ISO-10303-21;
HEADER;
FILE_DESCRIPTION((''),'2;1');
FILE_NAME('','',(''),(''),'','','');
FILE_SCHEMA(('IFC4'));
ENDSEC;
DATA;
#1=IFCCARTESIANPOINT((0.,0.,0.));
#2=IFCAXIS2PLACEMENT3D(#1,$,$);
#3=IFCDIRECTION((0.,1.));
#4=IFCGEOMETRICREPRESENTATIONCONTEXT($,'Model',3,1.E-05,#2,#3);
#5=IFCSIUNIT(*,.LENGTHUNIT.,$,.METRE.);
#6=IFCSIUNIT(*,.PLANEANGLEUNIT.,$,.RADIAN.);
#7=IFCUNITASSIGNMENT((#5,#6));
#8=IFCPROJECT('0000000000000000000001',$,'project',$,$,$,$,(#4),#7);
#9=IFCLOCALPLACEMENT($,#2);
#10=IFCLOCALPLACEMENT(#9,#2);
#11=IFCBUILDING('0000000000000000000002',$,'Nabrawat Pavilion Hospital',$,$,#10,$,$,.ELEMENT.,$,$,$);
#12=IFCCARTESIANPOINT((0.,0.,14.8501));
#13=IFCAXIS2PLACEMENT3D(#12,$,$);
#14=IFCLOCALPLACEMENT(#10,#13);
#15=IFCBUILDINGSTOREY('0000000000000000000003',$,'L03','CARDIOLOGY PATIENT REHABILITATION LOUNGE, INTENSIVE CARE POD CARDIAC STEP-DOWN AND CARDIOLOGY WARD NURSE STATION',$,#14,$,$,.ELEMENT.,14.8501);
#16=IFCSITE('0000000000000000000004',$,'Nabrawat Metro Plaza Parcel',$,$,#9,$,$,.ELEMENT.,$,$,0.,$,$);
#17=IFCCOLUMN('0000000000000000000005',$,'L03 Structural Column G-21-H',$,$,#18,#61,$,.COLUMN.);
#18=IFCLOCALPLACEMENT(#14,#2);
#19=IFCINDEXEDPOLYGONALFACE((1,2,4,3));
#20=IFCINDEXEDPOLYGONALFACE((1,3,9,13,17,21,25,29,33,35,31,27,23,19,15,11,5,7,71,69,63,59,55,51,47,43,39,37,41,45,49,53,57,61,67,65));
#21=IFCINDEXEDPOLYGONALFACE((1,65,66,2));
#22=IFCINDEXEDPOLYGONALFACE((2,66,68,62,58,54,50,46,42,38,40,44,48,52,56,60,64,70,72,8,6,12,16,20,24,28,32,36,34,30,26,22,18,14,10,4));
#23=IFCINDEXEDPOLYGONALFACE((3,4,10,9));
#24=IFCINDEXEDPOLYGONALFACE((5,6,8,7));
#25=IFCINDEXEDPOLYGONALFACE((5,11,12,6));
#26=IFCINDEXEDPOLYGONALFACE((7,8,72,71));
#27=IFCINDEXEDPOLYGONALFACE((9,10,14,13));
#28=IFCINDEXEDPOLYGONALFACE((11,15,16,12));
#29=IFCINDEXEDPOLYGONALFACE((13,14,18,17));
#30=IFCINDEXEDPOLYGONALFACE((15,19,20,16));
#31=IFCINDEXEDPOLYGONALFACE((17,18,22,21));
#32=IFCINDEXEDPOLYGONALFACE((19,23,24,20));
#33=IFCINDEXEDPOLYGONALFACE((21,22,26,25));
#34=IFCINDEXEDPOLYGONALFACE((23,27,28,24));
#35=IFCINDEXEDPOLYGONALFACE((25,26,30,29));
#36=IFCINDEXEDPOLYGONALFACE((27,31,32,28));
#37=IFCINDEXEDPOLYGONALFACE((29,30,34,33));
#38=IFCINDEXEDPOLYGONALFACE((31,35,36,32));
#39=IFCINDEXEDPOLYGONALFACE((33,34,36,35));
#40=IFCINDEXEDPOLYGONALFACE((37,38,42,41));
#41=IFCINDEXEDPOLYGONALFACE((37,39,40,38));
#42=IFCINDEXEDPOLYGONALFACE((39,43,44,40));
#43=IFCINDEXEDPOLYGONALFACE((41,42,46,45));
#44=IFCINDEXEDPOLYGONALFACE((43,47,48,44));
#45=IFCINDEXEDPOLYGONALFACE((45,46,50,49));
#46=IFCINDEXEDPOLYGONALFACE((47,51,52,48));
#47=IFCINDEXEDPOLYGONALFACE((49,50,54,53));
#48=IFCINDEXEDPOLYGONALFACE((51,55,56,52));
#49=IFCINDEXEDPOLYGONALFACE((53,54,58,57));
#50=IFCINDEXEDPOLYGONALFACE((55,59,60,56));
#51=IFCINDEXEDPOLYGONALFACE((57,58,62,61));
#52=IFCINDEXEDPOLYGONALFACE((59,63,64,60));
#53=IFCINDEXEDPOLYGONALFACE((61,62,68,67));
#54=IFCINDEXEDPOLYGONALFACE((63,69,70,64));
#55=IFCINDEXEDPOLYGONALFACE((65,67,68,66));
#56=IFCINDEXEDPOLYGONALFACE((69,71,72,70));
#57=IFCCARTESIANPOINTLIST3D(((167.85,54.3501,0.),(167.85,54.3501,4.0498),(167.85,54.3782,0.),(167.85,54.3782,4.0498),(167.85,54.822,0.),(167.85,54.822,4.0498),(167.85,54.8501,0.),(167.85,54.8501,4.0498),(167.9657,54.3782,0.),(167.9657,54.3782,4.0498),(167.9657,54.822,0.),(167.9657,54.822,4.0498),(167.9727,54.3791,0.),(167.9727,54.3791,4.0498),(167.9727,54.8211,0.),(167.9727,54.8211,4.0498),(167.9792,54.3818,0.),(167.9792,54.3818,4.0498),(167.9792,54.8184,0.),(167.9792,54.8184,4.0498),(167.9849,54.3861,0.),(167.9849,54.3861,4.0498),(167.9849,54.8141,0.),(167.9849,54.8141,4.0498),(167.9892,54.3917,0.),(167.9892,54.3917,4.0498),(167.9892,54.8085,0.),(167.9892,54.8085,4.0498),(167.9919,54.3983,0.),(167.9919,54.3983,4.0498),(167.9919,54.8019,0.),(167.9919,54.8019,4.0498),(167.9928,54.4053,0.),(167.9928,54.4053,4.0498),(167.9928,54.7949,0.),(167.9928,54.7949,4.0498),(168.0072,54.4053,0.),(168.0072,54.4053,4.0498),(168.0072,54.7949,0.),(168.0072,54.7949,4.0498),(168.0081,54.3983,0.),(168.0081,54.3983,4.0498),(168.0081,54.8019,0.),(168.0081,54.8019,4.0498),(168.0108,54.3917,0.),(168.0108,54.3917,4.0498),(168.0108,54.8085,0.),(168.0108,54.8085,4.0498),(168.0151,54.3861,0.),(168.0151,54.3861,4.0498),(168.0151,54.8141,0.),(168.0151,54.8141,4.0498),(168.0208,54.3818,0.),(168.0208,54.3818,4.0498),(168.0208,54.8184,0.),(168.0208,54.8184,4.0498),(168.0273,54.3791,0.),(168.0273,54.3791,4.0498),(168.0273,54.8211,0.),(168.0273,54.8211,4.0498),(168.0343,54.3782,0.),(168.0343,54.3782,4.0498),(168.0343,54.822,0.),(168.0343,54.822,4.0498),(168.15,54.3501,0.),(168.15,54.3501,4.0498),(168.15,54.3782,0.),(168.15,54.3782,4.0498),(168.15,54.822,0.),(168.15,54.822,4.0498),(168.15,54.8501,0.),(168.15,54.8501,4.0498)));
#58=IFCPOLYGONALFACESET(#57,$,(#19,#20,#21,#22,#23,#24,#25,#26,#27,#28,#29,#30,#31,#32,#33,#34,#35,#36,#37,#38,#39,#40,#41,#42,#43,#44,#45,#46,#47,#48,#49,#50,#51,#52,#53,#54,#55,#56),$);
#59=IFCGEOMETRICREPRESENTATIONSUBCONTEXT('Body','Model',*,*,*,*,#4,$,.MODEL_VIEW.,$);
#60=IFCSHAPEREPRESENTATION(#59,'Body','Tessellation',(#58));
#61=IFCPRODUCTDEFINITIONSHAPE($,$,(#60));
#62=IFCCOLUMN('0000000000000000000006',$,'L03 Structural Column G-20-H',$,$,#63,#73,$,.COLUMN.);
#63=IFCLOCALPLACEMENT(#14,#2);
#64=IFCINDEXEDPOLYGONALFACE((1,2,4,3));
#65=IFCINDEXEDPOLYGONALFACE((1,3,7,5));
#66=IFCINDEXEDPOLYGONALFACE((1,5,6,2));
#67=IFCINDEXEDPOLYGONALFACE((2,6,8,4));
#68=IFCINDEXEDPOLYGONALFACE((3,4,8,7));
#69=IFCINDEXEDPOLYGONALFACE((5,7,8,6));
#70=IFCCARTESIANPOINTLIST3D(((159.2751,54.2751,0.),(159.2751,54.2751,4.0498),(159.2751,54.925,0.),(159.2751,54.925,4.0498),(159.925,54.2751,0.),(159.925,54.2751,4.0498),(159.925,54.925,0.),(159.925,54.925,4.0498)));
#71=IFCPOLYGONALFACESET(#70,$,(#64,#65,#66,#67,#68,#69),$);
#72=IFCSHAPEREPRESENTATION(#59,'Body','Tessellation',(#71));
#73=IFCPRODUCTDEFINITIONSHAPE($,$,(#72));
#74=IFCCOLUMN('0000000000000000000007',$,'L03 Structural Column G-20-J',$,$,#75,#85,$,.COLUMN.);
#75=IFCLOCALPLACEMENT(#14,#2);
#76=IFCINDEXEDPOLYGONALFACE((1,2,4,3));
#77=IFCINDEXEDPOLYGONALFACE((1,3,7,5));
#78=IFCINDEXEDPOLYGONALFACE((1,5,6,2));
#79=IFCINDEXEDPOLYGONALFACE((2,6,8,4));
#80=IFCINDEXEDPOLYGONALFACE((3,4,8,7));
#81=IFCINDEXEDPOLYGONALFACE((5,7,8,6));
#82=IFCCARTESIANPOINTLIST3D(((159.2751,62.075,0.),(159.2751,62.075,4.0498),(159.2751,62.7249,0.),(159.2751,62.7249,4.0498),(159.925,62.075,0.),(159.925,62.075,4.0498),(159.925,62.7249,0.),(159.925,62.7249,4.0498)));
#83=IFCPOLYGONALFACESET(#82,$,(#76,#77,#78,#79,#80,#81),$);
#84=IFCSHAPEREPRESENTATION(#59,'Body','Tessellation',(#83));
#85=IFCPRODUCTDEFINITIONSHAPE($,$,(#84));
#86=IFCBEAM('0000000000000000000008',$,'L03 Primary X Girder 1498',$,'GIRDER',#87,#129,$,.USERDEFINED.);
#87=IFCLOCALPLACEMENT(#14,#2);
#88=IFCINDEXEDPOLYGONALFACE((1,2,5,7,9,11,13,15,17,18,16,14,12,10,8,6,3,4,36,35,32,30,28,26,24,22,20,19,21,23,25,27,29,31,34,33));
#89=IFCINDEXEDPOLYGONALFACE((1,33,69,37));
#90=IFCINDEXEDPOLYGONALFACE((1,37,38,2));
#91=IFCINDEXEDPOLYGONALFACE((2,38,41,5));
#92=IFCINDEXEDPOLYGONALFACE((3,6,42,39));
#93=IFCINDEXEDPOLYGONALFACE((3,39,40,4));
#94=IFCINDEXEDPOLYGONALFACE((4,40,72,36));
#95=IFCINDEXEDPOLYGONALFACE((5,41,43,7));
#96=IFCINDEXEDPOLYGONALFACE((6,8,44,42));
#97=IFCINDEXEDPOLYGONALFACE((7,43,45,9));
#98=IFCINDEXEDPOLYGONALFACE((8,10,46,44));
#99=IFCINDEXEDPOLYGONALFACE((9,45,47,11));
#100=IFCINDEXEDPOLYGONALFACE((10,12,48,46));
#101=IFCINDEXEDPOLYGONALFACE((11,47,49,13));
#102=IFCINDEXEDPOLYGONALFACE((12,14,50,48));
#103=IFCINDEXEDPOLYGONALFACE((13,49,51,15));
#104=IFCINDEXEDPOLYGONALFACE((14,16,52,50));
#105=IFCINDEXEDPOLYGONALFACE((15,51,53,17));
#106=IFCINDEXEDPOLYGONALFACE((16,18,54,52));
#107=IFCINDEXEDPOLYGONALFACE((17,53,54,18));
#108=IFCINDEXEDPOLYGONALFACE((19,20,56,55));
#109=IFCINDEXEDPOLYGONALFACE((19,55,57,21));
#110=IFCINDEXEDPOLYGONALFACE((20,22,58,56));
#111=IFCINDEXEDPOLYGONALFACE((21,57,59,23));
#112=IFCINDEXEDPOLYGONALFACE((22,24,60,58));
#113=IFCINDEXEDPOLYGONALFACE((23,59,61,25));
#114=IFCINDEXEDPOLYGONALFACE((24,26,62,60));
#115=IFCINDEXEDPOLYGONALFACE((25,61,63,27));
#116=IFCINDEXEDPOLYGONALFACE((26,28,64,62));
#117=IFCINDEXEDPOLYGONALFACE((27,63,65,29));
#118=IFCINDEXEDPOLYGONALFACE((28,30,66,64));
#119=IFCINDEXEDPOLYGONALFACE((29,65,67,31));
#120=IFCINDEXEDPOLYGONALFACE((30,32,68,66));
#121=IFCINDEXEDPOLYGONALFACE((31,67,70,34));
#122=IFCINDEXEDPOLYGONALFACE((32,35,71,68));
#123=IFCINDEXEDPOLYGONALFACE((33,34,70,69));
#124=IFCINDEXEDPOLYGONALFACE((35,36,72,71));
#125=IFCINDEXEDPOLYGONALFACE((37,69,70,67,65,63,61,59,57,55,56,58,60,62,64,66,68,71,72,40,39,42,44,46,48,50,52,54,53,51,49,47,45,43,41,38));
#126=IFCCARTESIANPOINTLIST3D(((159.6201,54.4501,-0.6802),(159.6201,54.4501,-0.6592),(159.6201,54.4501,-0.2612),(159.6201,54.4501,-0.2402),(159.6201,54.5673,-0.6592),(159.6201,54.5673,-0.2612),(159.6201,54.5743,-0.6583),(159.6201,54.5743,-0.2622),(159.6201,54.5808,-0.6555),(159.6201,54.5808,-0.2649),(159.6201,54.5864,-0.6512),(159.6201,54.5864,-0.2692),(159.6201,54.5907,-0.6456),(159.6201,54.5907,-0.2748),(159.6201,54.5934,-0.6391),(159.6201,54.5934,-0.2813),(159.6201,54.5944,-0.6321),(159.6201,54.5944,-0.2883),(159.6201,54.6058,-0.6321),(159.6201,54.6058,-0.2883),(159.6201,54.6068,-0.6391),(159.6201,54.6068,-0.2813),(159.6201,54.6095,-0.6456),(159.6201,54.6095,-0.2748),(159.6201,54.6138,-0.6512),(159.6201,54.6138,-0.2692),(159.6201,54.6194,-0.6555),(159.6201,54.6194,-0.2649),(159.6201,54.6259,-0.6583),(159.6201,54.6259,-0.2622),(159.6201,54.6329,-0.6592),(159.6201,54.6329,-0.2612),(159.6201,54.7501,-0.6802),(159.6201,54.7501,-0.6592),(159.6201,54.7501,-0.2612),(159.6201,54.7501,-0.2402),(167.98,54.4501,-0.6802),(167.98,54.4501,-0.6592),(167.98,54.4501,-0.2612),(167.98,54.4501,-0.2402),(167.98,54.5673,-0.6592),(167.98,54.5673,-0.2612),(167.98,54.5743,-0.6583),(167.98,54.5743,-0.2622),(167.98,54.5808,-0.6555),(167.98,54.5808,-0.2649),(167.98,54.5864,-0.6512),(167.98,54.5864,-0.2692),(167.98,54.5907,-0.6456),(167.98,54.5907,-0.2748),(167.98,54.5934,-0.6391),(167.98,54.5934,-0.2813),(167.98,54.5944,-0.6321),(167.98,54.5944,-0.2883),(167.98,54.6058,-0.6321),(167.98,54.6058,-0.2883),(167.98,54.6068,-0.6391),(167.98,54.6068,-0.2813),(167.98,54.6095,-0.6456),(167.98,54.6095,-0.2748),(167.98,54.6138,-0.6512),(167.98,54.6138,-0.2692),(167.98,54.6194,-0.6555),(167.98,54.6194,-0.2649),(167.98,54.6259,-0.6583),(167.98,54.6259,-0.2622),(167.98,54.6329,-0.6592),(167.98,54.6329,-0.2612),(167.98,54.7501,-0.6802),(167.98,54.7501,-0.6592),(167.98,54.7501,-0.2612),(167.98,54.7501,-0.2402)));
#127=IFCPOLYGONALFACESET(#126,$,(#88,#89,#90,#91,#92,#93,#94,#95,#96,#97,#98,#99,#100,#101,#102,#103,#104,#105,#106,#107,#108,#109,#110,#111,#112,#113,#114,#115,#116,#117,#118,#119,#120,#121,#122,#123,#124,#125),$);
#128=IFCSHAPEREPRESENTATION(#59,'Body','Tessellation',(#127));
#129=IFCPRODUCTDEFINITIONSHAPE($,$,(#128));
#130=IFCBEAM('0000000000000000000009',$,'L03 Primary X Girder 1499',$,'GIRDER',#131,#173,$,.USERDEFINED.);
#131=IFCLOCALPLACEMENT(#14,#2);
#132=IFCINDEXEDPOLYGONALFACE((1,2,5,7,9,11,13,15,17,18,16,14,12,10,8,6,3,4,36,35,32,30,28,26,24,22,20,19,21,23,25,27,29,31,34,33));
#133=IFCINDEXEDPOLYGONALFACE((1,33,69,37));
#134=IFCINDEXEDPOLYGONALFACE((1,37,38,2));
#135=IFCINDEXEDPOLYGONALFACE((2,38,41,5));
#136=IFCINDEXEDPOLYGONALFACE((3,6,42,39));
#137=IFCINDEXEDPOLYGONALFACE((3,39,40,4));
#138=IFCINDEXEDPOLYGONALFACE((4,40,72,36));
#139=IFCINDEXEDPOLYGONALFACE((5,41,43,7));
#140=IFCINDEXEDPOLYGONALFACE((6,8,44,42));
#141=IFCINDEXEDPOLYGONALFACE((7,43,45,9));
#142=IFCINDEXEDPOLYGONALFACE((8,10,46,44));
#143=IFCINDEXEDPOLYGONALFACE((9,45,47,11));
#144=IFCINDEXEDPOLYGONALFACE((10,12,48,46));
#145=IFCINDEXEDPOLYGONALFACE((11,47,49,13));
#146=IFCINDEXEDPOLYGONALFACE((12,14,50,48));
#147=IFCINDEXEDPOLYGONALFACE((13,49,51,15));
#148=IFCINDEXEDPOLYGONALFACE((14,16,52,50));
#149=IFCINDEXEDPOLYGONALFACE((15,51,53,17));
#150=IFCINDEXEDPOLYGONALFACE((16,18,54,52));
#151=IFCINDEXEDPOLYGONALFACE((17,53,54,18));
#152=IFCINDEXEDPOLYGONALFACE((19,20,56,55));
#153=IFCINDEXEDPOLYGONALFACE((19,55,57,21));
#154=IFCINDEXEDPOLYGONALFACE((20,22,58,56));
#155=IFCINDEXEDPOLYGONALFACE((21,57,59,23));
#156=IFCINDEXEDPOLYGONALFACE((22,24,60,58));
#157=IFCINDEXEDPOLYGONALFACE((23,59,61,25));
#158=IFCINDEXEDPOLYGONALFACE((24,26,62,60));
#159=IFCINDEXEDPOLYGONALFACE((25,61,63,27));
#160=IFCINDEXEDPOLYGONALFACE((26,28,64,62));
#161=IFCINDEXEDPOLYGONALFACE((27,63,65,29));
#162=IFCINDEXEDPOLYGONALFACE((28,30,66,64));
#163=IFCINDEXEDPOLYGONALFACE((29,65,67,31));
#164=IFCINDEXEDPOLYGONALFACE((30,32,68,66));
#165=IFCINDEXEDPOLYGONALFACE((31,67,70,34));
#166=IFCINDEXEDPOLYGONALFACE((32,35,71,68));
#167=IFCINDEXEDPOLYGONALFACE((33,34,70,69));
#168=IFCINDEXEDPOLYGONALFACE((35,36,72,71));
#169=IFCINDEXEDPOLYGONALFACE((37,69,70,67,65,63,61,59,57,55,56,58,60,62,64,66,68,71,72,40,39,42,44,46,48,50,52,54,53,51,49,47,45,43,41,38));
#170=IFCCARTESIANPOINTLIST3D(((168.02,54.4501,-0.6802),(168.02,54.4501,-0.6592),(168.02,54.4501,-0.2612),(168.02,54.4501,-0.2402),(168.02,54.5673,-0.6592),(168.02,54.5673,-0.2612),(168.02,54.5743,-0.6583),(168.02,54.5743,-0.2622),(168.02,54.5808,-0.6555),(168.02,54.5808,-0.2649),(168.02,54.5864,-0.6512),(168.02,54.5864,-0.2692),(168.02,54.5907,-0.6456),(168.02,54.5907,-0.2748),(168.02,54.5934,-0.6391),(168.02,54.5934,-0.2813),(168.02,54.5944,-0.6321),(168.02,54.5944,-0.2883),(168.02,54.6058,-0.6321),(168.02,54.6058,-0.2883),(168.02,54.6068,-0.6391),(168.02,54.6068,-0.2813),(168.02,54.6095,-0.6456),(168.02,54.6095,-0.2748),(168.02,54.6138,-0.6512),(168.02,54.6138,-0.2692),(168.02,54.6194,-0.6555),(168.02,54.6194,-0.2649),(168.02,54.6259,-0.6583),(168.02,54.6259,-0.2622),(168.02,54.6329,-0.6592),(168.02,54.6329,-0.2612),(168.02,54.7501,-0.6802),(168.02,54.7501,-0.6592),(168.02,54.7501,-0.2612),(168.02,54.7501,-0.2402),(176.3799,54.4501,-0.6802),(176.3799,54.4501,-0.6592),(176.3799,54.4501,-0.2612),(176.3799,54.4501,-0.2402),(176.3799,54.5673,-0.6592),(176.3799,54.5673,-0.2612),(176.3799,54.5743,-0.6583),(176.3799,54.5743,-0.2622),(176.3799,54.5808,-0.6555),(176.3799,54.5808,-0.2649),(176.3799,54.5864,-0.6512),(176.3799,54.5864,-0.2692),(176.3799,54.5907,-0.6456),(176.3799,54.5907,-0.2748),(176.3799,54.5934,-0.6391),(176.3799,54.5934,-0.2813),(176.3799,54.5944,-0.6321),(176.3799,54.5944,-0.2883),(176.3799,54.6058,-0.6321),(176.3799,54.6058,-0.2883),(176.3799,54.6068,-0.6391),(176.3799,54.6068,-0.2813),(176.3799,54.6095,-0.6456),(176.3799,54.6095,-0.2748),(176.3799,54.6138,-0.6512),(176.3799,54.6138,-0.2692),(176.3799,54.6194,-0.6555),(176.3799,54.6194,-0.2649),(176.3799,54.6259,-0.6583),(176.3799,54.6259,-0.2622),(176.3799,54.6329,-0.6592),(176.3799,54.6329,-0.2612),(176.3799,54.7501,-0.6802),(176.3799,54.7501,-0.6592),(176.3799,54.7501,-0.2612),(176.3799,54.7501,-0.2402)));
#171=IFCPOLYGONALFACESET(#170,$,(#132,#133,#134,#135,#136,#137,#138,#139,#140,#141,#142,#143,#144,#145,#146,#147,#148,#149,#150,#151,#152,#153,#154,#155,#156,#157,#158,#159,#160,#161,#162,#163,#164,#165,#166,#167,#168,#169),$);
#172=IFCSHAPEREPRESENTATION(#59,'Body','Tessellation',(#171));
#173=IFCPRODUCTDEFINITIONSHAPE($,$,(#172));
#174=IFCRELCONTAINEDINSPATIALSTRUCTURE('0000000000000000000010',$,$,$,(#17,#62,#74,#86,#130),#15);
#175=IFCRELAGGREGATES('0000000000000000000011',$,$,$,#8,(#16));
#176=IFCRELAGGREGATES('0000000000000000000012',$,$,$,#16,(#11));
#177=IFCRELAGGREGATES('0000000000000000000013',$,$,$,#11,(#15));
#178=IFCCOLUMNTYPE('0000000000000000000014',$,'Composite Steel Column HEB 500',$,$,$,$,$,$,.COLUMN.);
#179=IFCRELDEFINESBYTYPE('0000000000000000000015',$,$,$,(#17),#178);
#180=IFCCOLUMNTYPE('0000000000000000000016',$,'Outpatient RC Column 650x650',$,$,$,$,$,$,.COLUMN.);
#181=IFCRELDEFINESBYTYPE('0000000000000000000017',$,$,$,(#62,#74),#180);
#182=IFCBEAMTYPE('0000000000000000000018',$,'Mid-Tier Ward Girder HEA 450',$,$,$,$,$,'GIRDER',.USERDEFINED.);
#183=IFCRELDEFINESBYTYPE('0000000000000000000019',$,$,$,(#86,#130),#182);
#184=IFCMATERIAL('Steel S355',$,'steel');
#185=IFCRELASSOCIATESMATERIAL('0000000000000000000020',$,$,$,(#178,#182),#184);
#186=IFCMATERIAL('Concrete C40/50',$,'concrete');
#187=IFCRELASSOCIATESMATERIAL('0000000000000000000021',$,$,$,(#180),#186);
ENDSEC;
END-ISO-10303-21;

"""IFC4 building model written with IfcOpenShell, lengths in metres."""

from ifc_helpers import new_model, si_unit, direction, frame, origin, origin_2d, place, context, subcontext, project, spatial, rectangle, i_section, extrude, material, material_profile, profile_set, type_object, element, save


model = new_model("IFC4")

# Units and contexts
model_context = context("Model", 3, precision=1e-05, world=origin(), true_north=direction((0.0, 1.0)))
body_context = subcontext(model_context, "Body", "Model", "MODEL_VIEW")
ifc_project = project(units=[si_unit("LENGTHUNIT", "METRE"), si_unit("PLANEANGLEUNIT", "RADIAN")], contexts=[model_context])

# Site, building, storey
site_placement = place(None, origin())
site = spatial("IfcSite", under=ifc_project, at=site_placement, Name="Nabrawat Metro Plaza Parcel", CompositionType="ELEMENT", RefElevation=0.0)
building_placement = place(site_placement, origin())
building = spatial("IfcBuilding", under=site, at=building_placement, Name="Nabrawat Pavilion Hospital", CompositionType="ELEMENT")
storey_placement = place(building_placement, frame((0.0, 0.0, 14.8501)))
storey = spatial("IfcBuildingStorey", under=building, at=storey_placement, Name="L03", Description="CARDIOLOGY PATIENT REHABILITATION LOUNGE, INTENSIVE CARE POD CARDIAC STEP-DOWN AND CARDIOLOGY WARD NURSE STATION", CompositionType="ELEMENT", Elevation=14.8501)

# Columns
ifc_material_1 = material(Name="Steel S355", Category="steel")
ifc_material_profile_1 = material_profile(ifc_material_1, i_section(OverallWidth=0.3, OverallDepth=0.5, WebThickness=0.0144, FlangeThickness=0.0281, FilletRadius=0.0271, at=origin_2d()), Name="HEB 500")
ifc_profile_set_1 = profile_set([ifc_material_profile_1], Name="Steel S355")
column_type_1 = type_object("IfcColumnType", Name="Composite Steel Column HEB 500", PredefinedType="COLUMN", material=ifc_profile_set_1)
column_placement = place(storey_placement, frame((168.0, 54.6001, 0.0), z_axis=(0.0, 0.0, 1.0), x_axis=(1.0, 0.0, 0.0)))
element("IfcColumn", 1, at=column_placement, inside=storey, type_object=column_type_1, Name="L03 Structural Column G-21-H", PredefinedType="COLUMN", context=body_context, shape_type="SweptSolid", body=[
    extrude(i_section(OverallWidth=0.3, OverallDepth=0.5, WebThickness=0.0144, FlangeThickness=0.0281, FilletRadius=0.0271, at=origin_2d()), origin(), (0.0, 0.0, 1.0), 4.0498),
])
ifc_material_2 = material(Name="Concrete C40/50", Category="concrete")
ifc_material_profile_2 = material_profile(ifc_material_2, rectangle(XDim=0.6499, YDim=0.6499, at=origin_2d()), Name="RC 650x650")
ifc_profile_set_2 = profile_set([ifc_material_profile_2], Name="Concrete C40/50")
column_type_2 = type_object("IfcColumnType", Name="Outpatient RC Column 650x650", PredefinedType="COLUMN", material=ifc_profile_set_2)
for number, where, z_axis, x_axis, name in (
    (2, (159.6001, 54.6001, 0.0), (0.0, 0.0, 1.0), (1.0, 0.0, 0.0), "L03 Structural Column G-20-H"),
    (3, (159.6001, 62.3999, 0.0), (0.0, 0.0, 1.0), (1.0, 0.0, 0.0), "L03 Structural Column G-20-J"),
):
    element("IfcColumn", number, at=place(storey_placement, frame(where, z_axis=z_axis, x_axis=x_axis)), inside=storey, type_object=column_type_2, Name=name, PredefinedType="COLUMN", context=body_context, shape_type="SweptSolid", body=[
        extrude(rectangle(XDim=0.6499, YDim=0.6499, at=origin_2d()), origin(), (0.0, 0.0, 1.0), 4.0498),
    ])

# Beams
ifc_material_profile_3 = material_profile(ifc_material_1, i_section(OverallWidth=0.3, OverallDepth=0.4399, WebThickness=0.0115, FlangeThickness=0.021, FilletRadius=0.0271, at=origin_2d()), Name="HEA 450")
ifc_profile_set_3 = profile_set([ifc_material_profile_3], Name="Steel S355")
beam_type_1 = type_object("IfcBeamType", Name="Mid-Tier Ward Girder HEA 450", ElementType="GIRDER", PredefinedType="USERDEFINED", material=ifc_profile_set_3)
for number, where, z_axis, x_axis, name in (
    (4, (159.6201, 54.6001, -0.4602), (1.0, 0.0, 0.0), (0.0, 1.0, 0.0), "L03 Primary X Girder 1498"),
    (5, (168.02, 54.6001, -0.4602), (1.0, 0.0, 0.0), (0.0, 1.0, 0.0), "L03 Primary X Girder 1499"),
):
    element("IfcBeam", number, at=place(storey_placement, frame(where, z_axis=z_axis, x_axis=x_axis)), inside=storey, type_object=beam_type_1, Name=name, ObjectType="GIRDER", PredefinedType="USERDEFINED", context=body_context, shape_type="SweptSolid", body=[
        extrude(i_section(OverallWidth=0.3, OverallDepth=0.4399, WebThickness=0.0115, FlangeThickness=0.021, FilletRadius=0.0271, at=origin_2d()), origin(), (0.0, 0.0, 1.0), 8.3599),
    ])

save(model, "model.ifc")
